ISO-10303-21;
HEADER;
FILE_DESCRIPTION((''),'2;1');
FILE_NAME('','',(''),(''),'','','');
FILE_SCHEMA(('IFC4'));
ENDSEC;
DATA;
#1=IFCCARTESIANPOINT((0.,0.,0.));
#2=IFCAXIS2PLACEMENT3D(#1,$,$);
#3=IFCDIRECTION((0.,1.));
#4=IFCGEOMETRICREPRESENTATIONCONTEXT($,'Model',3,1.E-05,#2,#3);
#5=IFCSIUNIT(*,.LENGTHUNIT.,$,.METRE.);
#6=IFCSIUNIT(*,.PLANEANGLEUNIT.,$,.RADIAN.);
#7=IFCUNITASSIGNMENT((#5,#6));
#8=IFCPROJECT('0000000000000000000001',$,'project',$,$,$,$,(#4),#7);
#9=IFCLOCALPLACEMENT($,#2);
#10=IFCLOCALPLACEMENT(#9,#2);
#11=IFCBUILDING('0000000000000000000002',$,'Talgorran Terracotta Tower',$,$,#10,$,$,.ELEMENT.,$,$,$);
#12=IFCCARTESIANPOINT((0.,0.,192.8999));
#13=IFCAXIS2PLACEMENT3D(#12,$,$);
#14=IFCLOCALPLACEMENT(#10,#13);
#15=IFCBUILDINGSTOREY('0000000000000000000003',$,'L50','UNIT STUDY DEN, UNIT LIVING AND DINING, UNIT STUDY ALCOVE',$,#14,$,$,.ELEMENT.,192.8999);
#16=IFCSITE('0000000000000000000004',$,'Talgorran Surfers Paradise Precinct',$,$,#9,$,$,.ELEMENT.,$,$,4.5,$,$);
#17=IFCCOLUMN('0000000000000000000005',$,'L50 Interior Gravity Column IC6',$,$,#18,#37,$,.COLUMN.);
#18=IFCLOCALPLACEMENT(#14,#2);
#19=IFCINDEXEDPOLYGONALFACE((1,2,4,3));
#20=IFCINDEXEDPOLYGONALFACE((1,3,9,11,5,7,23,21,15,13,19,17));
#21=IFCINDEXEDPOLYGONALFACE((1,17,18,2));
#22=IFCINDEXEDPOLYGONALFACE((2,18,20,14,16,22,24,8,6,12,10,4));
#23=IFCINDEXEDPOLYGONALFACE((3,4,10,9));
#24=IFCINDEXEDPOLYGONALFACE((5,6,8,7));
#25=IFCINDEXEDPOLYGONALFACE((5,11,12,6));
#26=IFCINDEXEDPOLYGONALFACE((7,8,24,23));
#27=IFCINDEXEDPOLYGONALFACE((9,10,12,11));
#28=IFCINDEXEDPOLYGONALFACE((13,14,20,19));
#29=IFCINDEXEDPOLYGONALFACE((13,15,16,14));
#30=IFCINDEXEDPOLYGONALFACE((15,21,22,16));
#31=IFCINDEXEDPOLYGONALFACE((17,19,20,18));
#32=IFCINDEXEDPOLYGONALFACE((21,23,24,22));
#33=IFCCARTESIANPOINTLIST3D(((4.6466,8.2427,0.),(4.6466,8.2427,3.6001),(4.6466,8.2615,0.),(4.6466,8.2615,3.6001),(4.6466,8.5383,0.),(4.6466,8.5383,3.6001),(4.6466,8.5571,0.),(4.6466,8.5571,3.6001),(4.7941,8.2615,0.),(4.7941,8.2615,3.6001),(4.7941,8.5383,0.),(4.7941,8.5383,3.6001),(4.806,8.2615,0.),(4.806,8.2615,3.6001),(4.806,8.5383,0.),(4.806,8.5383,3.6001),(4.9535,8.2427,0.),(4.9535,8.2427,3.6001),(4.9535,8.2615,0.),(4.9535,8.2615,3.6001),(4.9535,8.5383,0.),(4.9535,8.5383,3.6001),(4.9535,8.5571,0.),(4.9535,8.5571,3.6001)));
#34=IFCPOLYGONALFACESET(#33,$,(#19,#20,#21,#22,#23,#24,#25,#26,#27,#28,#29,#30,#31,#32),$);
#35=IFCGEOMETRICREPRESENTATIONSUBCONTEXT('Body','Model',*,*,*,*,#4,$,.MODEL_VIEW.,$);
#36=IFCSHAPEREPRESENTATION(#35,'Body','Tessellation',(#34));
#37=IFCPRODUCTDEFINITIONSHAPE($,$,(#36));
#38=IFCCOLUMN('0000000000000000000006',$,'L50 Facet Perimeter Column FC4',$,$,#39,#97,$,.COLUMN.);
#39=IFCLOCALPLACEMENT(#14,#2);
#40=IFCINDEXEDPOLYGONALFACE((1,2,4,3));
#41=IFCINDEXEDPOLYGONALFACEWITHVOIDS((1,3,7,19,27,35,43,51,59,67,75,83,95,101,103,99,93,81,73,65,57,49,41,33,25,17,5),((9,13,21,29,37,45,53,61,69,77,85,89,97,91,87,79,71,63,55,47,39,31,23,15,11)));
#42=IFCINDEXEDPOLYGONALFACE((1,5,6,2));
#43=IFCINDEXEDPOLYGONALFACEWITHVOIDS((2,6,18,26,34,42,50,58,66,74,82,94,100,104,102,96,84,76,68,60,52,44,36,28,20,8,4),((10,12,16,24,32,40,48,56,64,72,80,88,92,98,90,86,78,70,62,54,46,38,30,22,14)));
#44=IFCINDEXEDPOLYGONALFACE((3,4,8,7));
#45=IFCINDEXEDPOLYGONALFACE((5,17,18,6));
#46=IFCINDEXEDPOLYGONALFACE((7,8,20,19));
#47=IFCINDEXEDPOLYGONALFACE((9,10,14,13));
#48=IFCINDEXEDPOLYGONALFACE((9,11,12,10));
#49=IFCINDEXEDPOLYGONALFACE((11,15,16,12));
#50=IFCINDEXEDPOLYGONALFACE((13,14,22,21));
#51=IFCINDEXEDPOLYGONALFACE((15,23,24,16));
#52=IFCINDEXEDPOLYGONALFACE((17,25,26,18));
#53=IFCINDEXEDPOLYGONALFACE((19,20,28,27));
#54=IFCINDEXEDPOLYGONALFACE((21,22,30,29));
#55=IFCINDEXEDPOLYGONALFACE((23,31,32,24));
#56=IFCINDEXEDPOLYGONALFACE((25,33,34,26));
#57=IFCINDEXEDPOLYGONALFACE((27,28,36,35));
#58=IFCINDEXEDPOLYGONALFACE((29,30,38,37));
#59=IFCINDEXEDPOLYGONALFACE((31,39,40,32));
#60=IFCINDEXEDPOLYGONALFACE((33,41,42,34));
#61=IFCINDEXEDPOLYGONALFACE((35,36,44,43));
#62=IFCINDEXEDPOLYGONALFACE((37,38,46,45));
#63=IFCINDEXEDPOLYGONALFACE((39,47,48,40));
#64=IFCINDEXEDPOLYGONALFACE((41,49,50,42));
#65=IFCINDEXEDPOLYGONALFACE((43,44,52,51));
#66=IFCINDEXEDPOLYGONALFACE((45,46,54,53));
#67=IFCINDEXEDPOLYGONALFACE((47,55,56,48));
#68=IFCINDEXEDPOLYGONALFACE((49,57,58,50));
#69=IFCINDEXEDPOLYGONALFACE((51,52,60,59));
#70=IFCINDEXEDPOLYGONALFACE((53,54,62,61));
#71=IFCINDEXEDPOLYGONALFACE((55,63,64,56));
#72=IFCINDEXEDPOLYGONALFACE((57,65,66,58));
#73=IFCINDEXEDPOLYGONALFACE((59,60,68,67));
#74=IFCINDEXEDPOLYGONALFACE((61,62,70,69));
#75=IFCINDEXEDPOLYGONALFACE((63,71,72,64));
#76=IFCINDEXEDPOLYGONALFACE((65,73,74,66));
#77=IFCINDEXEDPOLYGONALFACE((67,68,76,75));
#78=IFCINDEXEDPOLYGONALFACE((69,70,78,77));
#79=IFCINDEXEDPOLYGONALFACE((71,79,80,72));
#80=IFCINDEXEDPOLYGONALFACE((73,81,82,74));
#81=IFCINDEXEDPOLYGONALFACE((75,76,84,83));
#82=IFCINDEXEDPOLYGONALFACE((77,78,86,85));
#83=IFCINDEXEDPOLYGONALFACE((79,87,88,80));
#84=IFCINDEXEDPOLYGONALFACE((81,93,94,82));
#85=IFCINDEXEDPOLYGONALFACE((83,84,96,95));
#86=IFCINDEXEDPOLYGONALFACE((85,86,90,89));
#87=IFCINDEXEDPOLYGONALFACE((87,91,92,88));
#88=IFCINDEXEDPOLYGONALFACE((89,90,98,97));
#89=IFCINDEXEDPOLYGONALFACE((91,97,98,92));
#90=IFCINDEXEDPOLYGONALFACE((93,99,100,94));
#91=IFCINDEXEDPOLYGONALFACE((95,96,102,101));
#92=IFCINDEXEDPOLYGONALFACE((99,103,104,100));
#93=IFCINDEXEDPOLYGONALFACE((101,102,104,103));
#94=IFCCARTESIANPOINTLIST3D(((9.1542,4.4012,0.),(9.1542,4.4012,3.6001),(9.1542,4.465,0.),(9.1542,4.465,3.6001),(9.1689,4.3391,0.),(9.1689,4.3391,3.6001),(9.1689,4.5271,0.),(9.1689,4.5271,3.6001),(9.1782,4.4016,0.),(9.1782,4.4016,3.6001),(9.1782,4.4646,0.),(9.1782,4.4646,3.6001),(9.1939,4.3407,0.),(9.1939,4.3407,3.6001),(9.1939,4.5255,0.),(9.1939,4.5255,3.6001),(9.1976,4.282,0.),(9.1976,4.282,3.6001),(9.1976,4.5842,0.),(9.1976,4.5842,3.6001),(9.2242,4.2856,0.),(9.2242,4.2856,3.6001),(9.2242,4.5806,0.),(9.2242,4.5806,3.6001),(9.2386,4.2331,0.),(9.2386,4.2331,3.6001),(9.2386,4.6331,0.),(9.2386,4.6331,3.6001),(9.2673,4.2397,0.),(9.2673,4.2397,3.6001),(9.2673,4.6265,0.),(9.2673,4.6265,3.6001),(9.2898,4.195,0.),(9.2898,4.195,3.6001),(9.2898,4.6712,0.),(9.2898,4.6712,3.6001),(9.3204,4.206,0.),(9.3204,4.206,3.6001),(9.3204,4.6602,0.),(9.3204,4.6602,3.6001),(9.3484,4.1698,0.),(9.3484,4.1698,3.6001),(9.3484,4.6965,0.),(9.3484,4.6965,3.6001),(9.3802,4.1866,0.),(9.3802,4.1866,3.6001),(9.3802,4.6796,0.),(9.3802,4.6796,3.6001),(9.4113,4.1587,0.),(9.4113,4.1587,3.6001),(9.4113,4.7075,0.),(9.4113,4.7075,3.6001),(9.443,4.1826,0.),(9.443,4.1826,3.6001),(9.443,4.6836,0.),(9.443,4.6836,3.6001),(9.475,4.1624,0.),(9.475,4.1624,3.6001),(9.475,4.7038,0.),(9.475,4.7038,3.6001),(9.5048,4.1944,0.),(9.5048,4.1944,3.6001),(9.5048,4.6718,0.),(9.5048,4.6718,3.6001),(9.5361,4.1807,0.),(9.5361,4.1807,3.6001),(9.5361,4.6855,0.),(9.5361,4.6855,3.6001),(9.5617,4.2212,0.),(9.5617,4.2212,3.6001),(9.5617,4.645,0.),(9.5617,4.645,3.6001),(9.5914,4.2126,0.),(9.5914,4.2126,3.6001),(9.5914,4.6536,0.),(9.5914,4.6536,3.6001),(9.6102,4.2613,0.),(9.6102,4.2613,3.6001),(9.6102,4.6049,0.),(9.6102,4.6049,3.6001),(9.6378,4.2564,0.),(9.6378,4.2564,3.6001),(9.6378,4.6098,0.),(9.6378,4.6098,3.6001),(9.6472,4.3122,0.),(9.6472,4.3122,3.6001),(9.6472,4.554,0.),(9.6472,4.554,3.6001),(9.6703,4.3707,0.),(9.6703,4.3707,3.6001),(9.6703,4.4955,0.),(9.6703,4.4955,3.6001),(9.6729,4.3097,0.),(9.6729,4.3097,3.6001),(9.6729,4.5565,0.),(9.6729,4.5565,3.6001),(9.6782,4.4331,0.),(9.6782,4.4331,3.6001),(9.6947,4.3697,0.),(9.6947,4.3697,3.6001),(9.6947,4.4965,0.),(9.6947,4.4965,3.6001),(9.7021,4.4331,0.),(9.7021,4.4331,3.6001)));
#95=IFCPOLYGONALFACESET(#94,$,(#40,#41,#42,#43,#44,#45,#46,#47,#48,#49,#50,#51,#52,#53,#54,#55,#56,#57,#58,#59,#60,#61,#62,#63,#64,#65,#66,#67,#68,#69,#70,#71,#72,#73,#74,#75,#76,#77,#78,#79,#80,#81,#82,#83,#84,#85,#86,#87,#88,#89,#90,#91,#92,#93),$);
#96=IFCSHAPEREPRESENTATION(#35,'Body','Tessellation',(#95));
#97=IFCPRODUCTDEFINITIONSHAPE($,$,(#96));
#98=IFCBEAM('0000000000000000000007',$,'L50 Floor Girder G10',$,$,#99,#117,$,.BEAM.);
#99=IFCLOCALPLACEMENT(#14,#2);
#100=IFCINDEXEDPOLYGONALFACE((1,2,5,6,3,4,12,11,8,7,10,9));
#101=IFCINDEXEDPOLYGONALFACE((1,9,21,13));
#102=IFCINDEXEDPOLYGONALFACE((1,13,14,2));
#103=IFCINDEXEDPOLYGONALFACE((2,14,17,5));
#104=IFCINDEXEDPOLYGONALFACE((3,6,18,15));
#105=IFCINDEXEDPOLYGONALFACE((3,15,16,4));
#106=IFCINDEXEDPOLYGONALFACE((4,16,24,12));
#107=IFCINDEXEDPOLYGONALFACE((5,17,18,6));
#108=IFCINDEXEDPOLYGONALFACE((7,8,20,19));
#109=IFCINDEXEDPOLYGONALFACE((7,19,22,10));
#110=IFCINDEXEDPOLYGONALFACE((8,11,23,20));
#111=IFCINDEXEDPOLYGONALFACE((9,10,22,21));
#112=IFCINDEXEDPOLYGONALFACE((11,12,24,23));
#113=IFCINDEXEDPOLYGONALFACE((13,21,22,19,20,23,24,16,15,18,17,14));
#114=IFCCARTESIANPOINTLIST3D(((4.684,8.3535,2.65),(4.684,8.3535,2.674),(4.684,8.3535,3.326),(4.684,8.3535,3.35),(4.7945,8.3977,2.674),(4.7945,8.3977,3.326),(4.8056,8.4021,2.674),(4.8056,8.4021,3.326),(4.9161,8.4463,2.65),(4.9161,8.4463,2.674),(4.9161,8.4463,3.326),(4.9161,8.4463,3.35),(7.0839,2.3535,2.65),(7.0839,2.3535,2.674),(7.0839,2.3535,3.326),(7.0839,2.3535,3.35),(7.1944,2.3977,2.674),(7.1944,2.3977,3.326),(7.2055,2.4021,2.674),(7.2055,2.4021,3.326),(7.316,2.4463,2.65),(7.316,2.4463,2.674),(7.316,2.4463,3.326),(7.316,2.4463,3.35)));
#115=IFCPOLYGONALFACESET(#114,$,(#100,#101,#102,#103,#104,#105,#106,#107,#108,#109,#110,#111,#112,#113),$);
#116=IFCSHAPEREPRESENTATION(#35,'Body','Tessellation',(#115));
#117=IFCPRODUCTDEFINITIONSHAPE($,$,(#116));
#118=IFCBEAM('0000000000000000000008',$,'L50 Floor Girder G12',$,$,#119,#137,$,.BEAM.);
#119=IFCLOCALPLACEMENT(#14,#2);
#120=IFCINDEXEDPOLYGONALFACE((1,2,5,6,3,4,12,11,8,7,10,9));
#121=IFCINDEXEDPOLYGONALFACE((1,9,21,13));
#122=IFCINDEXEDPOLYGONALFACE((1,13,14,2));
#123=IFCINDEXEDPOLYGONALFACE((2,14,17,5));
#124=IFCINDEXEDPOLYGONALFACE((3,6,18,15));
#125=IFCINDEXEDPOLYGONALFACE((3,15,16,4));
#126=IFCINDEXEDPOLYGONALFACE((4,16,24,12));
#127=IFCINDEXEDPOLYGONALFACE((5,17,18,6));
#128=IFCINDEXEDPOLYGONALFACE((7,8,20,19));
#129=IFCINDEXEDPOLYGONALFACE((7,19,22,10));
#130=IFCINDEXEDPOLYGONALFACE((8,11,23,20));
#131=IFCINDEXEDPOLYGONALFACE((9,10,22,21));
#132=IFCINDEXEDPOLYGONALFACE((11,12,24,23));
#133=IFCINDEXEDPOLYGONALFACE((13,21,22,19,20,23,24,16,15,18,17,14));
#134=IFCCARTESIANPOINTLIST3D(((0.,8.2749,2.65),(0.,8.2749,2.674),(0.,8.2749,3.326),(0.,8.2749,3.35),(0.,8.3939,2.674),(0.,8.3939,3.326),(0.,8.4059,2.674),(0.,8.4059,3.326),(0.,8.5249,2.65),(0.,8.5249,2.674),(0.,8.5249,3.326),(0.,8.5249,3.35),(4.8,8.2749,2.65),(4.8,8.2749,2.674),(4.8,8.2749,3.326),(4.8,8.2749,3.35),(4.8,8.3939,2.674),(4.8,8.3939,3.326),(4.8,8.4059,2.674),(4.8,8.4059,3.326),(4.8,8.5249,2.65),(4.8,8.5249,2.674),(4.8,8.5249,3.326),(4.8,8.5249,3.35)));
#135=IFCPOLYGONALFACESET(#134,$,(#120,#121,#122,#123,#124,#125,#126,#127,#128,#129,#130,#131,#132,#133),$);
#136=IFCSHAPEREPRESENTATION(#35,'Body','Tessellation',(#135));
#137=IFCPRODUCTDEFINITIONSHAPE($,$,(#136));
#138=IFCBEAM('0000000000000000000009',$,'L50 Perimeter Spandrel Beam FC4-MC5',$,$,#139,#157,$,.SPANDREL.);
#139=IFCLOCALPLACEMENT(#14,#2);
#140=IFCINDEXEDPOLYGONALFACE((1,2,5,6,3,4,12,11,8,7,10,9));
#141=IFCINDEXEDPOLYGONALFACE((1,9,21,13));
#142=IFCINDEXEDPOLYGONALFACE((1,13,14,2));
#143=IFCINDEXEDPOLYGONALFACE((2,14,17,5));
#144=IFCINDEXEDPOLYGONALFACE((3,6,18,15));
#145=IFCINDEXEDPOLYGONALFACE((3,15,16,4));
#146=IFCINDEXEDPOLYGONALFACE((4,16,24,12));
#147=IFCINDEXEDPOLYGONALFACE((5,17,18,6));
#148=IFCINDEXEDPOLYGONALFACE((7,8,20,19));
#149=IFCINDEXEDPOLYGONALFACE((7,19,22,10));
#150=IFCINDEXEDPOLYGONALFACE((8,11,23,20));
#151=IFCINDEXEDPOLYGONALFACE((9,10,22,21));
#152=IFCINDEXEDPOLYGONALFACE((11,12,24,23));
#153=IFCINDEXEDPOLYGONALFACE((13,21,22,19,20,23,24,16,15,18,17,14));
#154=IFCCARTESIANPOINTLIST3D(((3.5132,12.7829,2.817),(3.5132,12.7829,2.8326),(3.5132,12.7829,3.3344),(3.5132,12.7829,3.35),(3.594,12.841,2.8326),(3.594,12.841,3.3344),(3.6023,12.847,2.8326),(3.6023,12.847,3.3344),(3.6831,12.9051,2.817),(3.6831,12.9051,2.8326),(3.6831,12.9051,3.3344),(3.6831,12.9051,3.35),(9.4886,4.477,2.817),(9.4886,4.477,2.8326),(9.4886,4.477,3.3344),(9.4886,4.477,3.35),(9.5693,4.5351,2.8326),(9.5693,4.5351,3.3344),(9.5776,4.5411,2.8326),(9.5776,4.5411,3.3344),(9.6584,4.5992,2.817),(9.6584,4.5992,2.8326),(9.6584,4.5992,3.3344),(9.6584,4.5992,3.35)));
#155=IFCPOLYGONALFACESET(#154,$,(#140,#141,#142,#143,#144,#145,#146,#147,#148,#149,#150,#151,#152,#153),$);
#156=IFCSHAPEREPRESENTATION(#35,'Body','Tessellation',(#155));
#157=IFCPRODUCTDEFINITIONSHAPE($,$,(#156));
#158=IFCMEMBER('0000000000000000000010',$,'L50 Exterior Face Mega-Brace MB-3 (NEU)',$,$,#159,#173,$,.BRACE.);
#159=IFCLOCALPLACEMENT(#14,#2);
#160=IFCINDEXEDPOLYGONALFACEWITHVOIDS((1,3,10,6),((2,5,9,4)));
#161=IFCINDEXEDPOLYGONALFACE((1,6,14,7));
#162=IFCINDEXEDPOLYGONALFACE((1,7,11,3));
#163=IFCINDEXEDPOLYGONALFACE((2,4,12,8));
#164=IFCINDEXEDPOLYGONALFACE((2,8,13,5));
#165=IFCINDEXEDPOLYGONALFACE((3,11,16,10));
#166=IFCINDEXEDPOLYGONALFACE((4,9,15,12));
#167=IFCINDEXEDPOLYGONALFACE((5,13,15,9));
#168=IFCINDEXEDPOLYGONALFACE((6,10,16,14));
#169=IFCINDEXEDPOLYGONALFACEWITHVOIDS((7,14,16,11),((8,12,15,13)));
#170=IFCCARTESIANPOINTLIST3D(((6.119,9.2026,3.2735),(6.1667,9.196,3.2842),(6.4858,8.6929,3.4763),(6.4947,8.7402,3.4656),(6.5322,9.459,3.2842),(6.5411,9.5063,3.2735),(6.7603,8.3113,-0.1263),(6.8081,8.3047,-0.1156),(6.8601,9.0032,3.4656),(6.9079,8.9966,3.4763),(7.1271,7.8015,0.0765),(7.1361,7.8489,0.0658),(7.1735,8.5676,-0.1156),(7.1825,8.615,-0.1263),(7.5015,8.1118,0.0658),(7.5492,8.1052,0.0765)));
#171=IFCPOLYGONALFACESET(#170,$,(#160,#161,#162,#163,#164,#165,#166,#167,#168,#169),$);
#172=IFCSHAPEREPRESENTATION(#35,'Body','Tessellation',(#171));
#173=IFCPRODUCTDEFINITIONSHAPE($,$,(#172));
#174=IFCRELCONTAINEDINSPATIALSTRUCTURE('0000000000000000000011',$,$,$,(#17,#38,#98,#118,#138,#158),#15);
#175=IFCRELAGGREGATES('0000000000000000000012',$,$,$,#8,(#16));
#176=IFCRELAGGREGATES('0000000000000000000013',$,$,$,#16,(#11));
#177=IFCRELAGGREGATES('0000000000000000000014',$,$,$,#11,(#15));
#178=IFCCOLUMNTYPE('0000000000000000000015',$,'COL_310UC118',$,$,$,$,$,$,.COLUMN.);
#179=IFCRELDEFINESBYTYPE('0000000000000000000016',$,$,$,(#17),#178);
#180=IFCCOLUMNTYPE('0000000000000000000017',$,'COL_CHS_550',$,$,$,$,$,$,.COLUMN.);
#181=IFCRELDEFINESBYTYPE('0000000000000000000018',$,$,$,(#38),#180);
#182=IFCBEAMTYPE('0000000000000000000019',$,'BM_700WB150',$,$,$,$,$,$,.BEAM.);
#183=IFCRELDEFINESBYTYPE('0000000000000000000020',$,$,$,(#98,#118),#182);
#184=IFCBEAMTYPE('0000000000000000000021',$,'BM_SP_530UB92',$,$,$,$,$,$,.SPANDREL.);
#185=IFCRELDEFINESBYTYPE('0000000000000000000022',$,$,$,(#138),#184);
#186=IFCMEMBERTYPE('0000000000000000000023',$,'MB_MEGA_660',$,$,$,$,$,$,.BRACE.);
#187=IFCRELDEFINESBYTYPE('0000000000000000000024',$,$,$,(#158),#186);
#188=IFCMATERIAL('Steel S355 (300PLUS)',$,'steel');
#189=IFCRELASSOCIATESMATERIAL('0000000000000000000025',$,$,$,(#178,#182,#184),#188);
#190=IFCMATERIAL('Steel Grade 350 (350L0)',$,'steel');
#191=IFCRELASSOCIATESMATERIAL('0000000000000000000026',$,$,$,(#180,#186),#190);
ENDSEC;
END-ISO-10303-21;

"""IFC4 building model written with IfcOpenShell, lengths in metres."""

from ifc_helpers import new_model, si_unit, direction, frame, origin, origin_2d, place, context, subcontext, project, spatial, hollow_rectangle, hollow_circle, i_section, extrude, material, material_profile, profile_set, type_object, element, save


model = new_model("IFC4")

# Units and contexts
model_context = context("Model", 3, precision=1e-05, world=origin(), true_north=direction((0.0, 1.0)))
body_context = subcontext(model_context, "Body", "Model", "MODEL_VIEW")
ifc_project = project(units=[si_unit("LENGTHUNIT", "METRE"), si_unit("PLANEANGLEUNIT", "RADIAN")], contexts=[model_context])

# Site, building, storey
site_placement = place(None, origin())
site = spatial("IfcSite", under=ifc_project, at=site_placement, Name="Talgorran Surfers Paradise Precinct", CompositionType="ELEMENT", RefElevation=4.5)
building_placement = place(site_placement, origin())
building = spatial("IfcBuilding", under=site, at=building_placement, Name="Talgorran Terracotta Tower", CompositionType="ELEMENT")
storey_placement = place(building_placement, frame((0.0, 0.0, 192.8999)))
storey = spatial("IfcBuildingStorey", under=building, at=storey_placement, Name="L50", Description="UNIT STUDY DEN, UNIT LIVING AND DINING, UNIT STUDY ALCOVE", CompositionType="ELEMENT", Elevation=192.8999)

# Columns
ifc_material_1 = material(Name="Steel S355 (300PLUS)", Category="steel")
ifc_material_profile_1 = material_profile(ifc_material_1, i_section(OverallWidth=0.3069, OverallDepth=0.3145, WebThickness=0.012, FlangeThickness=0.0188, at=origin_2d()), Name="310UC118")
ifc_profile_set_1 = profile_set([ifc_material_profile_1], Name="Steel S355 (300PLUS)")
column_type_1 = type_object("IfcColumnType", Name="COL_310UC118", PredefinedType="COLUMN", material=ifc_profile_set_1)
column_1_placement = place(storey_placement, frame((4.8, 8.3999, 0.0), z_axis=(0.0, 0.0, 1.0), x_axis=(1.0, 0.0, 0.0)))
element("IfcColumn", 1, at=column_1_placement, inside=storey, type_object=column_type_1, Name="L50 Interior Gravity Column IC6", PredefinedType="COLUMN", context=body_context, shape_type="SweptSolid", body=[
    extrude(i_section(OverallWidth=0.3069, OverallDepth=0.3145, WebThickness=0.012, FlangeThickness=0.0188, at=origin_2d()), origin(), (0.0, 0.0, 1.0), 3.6001),
])
ifc_material_2 = material(Name="Steel Grade 350 (350L0)", Category="steel")
ifc_material_profile_2 = material_profile(ifc_material_2, hollow_circle(Radius=0.2749, WallThickness=0.0239, at=origin_2d()), Name="CHS550X24")
ifc_profile_set_2 = profile_set([ifc_material_profile_2], Name="Steel Grade 350 (350L0)")
column_type_2 = type_object("IfcColumnType", Name="COL_CHS_550", PredefinedType="COLUMN", material=ifc_profile_set_2)
column_2_placement = place(storey_placement, frame((9.4272, 4.4331, 0.0), z_axis=(0.0, 0.0, 1.0), x_axis=(1.0, 0.0, 0.0)))
element("IfcColumn", 2, at=column_2_placement, inside=storey, type_object=column_type_2, Name="L50 Facet Perimeter Column FC4", PredefinedType="COLUMN", context=body_context, shape_type="SweptSolid", body=[
    extrude(hollow_circle(Radius=0.2749, WallThickness=0.0239, at=origin_2d()), origin(), (0.0, 0.0, 1.0), 3.6001),
])

# Beams
ifc_material_profile_3 = material_profile(ifc_material_1, i_section(OverallWidth=0.25, OverallDepth=0.7, WebThickness=0.012, FlangeThickness=0.0239, at=origin_2d()), Name="700WB150")
ifc_profile_set_3 = profile_set([ifc_material_profile_3], Name="Steel S355 (300PLUS)")
beam_type_1 = type_object("IfcBeamType", Name="BM_700WB150", PredefinedType="BEAM", material=ifc_profile_set_3)
beam_1_placement = place(storey_placement, frame((7.2, 2.3999, 3.0), z_axis=(-0.371378, 0.928482, 0.0), x_axis=(-0.928482, -0.371378, 0.0)))
element("IfcBeam", 3, at=beam_1_placement, inside=storey, type_object=beam_type_1, Name="L50 Floor Girder G10", PredefinedType="BEAM", context=body_context, shape_type="SweptSolid", body=[
    extrude(i_section(OverallWidth=0.25, OverallDepth=0.7, WebThickness=0.012, FlangeThickness=0.0239, at=origin_2d()), origin(), (0.0, 0.0, 1.0), 6.4622),
])
beam_2_placement = place(storey_placement, frame((0.0, 8.3999, 3.0), z_axis=(1.0, 0.0, 0.0), x_axis=(0.0, 1.0, 0.0)))
element("IfcBeam", 4, at=beam_2_placement, inside=storey, type_object=beam_type_1, Name="L50 Floor Girder G12", PredefinedType="BEAM", context=body_context, shape_type="SweptSolid", body=[
    extrude(i_section(OverallWidth=0.25, OverallDepth=0.7, WebThickness=0.012, FlangeThickness=0.0239, at=origin_2d()), origin(), (0.0, 0.0, 1.0), 4.8),
])
ifc_material_profile_4 = material_profile(ifc_material_1, i_section(OverallWidth=0.2092, OverallDepth=0.533, WebThickness=0.0103, FlangeThickness=0.0156, at=origin_2d()), Name="530UB92.4")
ifc_profile_set_4 = profile_set([ifc_material_profile_4], Name="Steel S355 (300PLUS)")
beam_type_2 = type_object("IfcBeamType", Name="BM_SP_530UB92", PredefinedType="SPANDREL", material=ifc_profile_set_4)
beam_3_placement = place(storey_placement, frame((9.5735, 4.5381, 3.0835), z_axis=(-0.583989, 0.811762, 0.0), x_axis=(-0.811762, -0.583989, 0.0)))
element("IfcBeam", 5, at=beam_3_placement, inside=storey, type_object=beam_type_2, Name="L50 Perimeter Spandrel Beam FC4-MC5", PredefinedType="SPANDREL", context=body_context, shape_type="SweptSolid", body=[
    extrude(i_section(OverallWidth=0.2092, OverallDepth=0.533, WebThickness=0.0103, FlangeThickness=0.0156, at=origin_2d()), origin(), (0.0, 0.0, 1.0), 10.2319),
])

# Member
ifc_material_profile_5 = material_profile(ifc_material_2, hollow_rectangle(XDim=0.52, YDim=0.6599, WallThickness=0.0349, at=origin_2d()), Name="WBOX660X520X35")
ifc_profile_set_5 = profile_set([ifc_material_profile_5], Name="Steel Grade 350 (350L0)")
member_type_1 = type_object("IfcMemberType", Name="MB_MEGA_660", PredefinedType="BRACE", material=ifc_profile_set_5)
member_1_placement = place(storey_placement, frame((7.1548, 8.2083, -0.0249), z_axis=(-0.179509, 0.249481, 0.951596), x_axis=(-0.811716, -0.584053, 0.0)))
element("IfcMember", 6, at=member_1_placement, inside=storey, type_object=member_type_1, Name="L50 Exterior Face Mega-Brace MB-3 (NEU)", PredefinedType="BRACE", context=body_context, shape_type="SweptSolid", body=[
    extrude(hollow_rectangle(XDim=0.52, YDim=0.6599, WallThickness=0.0349, at=origin_2d()), origin(), (0.0, 0.0, 1.0), 3.5728),
])

save(model, "model.ifc")
